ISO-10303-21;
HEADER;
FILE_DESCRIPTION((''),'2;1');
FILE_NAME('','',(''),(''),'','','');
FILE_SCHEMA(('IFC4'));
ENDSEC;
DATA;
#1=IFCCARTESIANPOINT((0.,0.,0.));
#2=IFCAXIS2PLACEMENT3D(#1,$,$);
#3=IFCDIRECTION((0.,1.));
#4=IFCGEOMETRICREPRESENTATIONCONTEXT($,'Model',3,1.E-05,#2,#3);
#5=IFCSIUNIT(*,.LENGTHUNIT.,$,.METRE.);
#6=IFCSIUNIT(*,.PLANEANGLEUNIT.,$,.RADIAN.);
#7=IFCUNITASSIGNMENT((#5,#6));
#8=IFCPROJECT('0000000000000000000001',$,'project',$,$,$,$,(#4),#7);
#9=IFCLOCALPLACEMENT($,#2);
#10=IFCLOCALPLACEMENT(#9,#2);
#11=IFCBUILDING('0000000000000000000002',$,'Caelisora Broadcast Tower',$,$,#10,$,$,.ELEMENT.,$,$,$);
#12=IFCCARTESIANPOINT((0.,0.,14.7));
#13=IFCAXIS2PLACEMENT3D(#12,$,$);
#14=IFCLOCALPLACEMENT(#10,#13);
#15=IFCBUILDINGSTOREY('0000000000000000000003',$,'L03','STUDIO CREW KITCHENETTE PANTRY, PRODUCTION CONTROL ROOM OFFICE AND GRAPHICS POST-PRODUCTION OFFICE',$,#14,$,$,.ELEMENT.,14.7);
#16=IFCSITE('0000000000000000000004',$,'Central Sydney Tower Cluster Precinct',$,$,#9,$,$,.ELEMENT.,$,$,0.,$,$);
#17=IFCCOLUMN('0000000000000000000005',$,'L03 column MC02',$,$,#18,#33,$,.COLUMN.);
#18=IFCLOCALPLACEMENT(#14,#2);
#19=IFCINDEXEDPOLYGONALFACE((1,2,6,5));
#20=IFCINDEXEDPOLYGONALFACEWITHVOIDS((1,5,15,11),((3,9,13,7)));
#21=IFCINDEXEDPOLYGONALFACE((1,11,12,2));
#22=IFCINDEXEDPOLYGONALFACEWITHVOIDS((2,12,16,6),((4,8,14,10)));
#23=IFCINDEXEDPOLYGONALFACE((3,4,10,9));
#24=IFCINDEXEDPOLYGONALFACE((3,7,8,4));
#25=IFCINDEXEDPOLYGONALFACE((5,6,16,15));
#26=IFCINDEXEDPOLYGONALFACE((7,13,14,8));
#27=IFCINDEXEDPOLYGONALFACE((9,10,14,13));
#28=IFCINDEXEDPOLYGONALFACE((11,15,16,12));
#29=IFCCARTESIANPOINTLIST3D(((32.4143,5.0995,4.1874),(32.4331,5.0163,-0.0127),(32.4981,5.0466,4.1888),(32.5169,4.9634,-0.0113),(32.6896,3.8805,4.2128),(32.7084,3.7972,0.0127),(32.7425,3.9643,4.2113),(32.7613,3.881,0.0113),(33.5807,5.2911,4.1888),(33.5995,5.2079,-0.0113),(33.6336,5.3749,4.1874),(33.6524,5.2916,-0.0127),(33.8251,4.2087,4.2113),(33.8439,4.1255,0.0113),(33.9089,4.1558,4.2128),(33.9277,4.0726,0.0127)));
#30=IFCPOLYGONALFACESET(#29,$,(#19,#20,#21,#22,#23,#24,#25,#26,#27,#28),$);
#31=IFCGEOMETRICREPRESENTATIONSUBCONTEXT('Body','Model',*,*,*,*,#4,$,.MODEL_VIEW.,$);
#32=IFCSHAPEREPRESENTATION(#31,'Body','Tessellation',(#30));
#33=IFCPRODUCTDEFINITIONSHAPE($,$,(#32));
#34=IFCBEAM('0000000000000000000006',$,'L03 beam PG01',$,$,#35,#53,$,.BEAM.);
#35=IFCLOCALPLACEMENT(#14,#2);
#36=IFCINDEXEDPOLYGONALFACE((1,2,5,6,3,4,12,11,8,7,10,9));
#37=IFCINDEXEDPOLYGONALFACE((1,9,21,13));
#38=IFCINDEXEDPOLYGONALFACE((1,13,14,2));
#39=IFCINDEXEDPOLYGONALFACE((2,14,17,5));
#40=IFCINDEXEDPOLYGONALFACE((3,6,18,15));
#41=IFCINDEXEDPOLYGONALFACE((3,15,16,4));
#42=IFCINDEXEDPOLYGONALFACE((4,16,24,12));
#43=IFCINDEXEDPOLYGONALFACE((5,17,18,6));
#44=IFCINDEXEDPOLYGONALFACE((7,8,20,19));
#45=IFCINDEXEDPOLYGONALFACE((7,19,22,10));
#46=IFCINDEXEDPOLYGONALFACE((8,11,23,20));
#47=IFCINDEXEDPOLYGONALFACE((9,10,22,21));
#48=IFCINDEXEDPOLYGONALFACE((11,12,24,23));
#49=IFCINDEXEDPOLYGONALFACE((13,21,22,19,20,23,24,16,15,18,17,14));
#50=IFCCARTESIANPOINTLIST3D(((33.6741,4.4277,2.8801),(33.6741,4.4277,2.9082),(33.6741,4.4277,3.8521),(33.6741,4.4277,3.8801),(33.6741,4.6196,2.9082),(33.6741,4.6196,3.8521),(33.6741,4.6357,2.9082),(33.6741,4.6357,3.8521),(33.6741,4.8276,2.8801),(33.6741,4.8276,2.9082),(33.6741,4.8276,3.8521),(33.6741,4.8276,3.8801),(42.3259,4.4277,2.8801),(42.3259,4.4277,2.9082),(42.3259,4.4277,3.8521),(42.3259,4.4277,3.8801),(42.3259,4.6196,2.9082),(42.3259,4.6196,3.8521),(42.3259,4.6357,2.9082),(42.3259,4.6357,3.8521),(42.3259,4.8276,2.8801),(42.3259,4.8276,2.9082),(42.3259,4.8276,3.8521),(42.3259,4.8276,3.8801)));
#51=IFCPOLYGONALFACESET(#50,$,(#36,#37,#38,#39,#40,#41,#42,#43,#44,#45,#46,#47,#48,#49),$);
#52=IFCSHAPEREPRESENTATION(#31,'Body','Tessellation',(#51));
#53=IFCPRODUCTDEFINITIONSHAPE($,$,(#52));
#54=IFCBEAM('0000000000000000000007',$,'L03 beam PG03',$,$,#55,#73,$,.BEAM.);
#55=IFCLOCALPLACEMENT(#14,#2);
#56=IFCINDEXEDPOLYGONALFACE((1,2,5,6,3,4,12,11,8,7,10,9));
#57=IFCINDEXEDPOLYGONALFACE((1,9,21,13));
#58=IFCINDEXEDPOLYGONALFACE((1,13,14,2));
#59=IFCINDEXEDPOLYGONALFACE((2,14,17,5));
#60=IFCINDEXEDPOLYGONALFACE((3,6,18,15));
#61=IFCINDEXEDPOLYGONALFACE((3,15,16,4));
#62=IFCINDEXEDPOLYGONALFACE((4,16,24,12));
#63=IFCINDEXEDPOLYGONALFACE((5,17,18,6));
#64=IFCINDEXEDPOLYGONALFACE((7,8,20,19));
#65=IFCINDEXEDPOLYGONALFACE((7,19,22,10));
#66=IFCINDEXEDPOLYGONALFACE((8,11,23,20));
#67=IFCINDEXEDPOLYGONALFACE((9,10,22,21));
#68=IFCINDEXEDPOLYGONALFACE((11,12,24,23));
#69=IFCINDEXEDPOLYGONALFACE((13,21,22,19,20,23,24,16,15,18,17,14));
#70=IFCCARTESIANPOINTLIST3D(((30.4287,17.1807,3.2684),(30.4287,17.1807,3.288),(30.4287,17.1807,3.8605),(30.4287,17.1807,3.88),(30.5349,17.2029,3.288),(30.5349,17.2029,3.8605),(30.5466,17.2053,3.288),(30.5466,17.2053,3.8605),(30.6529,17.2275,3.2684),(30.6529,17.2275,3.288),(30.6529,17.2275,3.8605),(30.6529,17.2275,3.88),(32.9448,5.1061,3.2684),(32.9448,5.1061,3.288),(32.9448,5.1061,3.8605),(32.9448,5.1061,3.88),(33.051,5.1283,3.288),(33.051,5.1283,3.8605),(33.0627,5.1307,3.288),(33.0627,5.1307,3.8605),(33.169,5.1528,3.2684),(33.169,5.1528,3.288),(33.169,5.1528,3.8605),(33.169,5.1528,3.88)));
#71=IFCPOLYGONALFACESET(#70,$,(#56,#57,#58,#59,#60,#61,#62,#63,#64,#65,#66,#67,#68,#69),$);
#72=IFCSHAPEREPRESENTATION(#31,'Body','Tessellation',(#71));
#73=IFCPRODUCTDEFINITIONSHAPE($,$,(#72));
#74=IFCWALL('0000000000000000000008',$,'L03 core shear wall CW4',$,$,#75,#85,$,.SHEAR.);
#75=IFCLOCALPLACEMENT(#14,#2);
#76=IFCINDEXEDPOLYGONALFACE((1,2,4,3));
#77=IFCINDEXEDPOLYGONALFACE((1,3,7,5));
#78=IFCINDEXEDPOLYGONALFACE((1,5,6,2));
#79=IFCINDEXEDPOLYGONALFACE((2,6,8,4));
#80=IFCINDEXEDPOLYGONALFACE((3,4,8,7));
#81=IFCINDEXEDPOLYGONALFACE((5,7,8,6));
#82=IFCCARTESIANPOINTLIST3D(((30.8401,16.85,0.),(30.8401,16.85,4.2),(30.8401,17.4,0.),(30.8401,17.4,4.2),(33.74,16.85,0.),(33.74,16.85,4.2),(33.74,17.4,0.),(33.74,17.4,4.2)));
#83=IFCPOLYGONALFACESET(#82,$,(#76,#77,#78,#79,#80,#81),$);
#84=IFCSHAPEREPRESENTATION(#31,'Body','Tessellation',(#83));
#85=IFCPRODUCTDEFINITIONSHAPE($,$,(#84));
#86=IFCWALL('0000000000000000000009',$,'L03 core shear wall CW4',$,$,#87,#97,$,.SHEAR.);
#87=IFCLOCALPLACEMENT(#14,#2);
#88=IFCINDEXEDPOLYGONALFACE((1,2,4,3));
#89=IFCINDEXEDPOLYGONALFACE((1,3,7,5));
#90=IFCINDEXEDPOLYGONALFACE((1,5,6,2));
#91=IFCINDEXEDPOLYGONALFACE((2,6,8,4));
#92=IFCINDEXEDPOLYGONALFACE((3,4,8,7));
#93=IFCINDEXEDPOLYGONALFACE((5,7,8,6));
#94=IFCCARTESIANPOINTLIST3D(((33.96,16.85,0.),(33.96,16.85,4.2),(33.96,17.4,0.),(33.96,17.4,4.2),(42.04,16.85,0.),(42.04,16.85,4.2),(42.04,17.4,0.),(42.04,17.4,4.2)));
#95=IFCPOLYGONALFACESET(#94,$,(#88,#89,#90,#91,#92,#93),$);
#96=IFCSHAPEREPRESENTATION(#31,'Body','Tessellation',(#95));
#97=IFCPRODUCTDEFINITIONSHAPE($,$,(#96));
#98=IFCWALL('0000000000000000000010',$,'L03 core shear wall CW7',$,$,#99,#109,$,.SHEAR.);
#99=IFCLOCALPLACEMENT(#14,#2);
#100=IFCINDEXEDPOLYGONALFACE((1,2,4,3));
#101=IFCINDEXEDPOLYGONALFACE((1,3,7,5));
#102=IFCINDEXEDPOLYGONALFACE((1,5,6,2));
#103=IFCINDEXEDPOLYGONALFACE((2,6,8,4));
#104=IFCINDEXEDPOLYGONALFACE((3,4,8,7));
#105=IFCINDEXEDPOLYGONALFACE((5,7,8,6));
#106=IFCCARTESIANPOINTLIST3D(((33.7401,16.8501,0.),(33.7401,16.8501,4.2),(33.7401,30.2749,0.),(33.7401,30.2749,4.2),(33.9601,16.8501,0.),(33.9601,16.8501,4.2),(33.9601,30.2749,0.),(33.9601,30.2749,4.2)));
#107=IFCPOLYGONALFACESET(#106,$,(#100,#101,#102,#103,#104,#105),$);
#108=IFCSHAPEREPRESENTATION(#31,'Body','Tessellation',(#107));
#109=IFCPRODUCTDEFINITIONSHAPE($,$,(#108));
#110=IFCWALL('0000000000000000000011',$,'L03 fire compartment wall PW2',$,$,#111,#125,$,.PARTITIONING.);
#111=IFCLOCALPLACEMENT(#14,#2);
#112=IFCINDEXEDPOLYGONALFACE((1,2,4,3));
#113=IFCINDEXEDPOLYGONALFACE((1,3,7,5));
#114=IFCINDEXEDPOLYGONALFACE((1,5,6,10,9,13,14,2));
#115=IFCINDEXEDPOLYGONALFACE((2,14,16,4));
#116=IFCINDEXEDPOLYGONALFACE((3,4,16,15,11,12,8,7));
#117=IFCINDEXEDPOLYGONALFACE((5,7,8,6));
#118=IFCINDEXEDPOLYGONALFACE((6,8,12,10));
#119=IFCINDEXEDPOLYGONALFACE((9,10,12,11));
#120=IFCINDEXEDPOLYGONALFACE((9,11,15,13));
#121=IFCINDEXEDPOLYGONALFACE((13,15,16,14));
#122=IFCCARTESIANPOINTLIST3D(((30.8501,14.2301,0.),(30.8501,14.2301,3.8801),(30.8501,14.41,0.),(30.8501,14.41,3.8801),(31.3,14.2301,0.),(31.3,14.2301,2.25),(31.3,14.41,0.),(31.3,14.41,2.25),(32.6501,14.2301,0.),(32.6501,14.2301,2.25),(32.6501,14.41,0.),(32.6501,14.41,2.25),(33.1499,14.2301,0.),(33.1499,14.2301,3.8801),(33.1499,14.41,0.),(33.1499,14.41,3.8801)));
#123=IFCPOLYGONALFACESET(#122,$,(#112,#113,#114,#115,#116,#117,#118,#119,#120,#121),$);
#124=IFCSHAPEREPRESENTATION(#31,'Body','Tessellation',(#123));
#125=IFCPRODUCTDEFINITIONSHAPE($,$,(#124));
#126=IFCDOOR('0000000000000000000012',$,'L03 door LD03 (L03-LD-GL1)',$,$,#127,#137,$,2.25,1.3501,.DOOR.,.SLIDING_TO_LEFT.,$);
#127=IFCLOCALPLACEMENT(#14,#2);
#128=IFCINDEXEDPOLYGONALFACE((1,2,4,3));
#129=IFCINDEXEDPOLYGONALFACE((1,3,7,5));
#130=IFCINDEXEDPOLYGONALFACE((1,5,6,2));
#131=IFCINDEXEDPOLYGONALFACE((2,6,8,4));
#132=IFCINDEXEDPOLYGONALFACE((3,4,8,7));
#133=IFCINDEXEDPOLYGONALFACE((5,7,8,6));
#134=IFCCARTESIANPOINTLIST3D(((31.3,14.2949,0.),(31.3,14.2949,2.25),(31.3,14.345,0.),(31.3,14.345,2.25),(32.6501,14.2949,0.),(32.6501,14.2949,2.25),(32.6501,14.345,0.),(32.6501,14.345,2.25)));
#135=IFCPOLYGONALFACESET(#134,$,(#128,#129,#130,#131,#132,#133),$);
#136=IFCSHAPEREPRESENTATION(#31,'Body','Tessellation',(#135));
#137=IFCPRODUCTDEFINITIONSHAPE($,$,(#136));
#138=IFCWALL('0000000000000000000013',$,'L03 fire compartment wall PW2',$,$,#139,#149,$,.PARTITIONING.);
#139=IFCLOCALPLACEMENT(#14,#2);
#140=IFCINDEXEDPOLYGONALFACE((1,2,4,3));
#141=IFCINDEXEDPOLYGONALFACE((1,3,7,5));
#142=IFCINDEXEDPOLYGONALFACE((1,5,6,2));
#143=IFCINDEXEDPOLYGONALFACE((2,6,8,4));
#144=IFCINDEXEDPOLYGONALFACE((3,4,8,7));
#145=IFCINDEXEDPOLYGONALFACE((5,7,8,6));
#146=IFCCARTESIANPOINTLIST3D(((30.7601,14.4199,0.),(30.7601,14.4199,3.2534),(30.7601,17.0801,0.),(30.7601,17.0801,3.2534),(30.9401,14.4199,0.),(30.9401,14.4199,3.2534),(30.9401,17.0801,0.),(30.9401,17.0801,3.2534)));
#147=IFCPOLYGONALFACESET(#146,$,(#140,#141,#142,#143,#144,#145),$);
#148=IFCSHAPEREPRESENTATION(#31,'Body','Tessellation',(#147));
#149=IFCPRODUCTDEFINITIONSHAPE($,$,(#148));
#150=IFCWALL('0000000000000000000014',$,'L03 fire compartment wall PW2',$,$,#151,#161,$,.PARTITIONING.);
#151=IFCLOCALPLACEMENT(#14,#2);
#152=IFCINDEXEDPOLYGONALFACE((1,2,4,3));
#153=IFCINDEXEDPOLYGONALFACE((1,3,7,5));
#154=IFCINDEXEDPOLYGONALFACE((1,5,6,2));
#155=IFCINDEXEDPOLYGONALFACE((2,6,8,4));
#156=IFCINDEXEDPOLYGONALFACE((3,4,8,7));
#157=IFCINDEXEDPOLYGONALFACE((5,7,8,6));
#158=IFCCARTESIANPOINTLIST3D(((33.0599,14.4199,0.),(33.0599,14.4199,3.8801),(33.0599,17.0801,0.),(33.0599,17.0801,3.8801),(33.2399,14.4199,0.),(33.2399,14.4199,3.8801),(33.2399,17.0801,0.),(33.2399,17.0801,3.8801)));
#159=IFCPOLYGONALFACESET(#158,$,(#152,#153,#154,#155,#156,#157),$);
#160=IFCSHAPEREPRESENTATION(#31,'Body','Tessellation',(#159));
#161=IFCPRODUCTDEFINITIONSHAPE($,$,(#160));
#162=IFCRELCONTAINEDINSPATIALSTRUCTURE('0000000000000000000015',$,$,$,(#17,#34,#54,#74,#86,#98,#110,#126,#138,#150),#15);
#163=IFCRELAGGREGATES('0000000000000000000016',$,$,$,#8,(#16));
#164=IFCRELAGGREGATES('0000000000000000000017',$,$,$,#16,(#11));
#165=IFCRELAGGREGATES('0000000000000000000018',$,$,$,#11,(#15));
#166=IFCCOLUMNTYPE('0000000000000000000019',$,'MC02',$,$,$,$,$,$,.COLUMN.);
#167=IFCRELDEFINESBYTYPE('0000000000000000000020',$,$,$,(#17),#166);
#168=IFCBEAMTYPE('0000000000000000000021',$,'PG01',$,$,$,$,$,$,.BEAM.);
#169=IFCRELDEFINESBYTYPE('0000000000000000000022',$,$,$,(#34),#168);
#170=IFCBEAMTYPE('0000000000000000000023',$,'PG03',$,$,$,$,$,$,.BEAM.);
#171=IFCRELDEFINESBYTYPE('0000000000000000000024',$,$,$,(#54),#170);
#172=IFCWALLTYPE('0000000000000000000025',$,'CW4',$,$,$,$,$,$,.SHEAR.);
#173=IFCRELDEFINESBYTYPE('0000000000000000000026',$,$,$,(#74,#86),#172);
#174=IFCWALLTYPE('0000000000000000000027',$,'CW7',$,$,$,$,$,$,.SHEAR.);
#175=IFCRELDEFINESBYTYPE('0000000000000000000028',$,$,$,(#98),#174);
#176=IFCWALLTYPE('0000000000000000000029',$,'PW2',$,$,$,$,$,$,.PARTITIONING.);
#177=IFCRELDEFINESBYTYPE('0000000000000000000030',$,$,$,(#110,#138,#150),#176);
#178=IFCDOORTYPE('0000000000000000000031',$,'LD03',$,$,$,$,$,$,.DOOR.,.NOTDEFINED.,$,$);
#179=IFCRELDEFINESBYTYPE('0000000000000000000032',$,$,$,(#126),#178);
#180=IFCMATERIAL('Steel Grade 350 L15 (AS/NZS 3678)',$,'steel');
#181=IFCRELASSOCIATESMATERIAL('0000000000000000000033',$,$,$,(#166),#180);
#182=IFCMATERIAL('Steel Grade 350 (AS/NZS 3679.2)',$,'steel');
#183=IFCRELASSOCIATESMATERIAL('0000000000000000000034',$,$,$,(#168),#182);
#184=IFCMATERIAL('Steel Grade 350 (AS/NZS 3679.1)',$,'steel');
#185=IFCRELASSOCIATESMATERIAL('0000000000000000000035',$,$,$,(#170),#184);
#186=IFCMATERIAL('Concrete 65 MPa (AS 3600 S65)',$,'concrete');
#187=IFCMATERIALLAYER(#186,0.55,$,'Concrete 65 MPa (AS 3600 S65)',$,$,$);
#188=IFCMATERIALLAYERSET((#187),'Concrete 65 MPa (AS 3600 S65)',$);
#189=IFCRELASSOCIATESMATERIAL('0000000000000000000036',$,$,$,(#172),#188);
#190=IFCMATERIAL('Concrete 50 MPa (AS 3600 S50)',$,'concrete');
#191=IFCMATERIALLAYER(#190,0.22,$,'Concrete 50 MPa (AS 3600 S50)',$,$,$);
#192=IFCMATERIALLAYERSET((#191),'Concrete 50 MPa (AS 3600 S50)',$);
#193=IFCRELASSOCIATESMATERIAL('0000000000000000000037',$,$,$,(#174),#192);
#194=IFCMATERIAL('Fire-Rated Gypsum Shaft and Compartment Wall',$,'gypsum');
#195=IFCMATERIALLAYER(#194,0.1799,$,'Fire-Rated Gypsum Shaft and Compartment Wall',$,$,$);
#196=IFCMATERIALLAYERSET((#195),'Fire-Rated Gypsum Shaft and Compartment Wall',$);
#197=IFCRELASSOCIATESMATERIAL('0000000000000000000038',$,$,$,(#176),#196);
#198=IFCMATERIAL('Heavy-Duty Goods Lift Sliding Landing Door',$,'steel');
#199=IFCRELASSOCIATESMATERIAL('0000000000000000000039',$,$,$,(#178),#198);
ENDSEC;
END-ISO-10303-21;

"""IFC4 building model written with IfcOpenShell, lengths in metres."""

from ifc_helpers import new_model, si_unit, direction, frame, frame_2d, origin, origin_2d, place, context, subcontext, project, spatial, rectangle, hollow_rectangle, i_section, extrude, source, transform, mapped, material, layer, layer_set, material_profile, profile_set, type_object, type_shapes, element, fill, save


model = new_model("IFC4")

# Units and contexts
model_context = context("Model", 3, precision=1e-05, world=origin(), true_north=direction((0.0, 1.0)))
body_context = subcontext(model_context, "Body", "Model", "MODEL_VIEW")
ifc_project = project(units=[si_unit("LENGTHUNIT", "METRE"), si_unit("PLANEANGLEUNIT", "RADIAN")], contexts=[model_context])

# Site, building, storey
site_placement = place(None, origin())
site = spatial("IfcSite", under=ifc_project, at=site_placement, Name="Central Sydney Tower Cluster Precinct", CompositionType="ELEMENT", RefElevation=0.0)
building_placement = place(site_placement, origin())
building = spatial("IfcBuilding", under=site, at=building_placement, Name="Caelisora Broadcast Tower", CompositionType="ELEMENT")
storey_placement = place(building_placement, frame((0.0, 0.0, 14.7)))
storey = spatial("IfcBuildingStorey", under=building, at=storey_placement, Name="L03", Description="STUDIO CREW KITCHENETTE PANTRY, PRODUCTION CONTROL ROOM OFFICE AND GRAPHICS POST-PRODUCTION OFFICE", CompositionType="ELEMENT", Elevation=14.7)

# Column
ifc_material_1 = material(Name="Steel Grade 350 L15 (AS/NZS 3678)", Category="steel")
ifc_material_profile_1 = material_profile(ifc_material_1, hollow_rectangle(XDim=1.25, YDim=1.25, WallThickness=0.0701, at=origin_2d()), Name="Steel Grade 350 L15 (AS/NZS 3678)")
ifc_profile_set_1 = profile_set([ifc_material_profile_1], Name="Steel Grade 350 L15 (AS/NZS 3678)")
column_type = type_object("IfcColumnType", Name="MC02", PredefinedType="COLUMN", material=ifc_profile_set_1)
shared_shape_1 = source(origin(), body_context, "Body", "SweptSolid", [
    extrude(hollow_rectangle(XDim=1.25, YDim=1.25, WallThickness=0.0701, at=origin_2d()), origin(), (0.0, 0.0, 1.0), 4.2009),
])
type_shapes(column_type, [shared_shape_1])
column_placement = place(storey_placement, frame((33.1804, 4.5444, 0.0), z_axis=(-0.004475, 0.019818, 0.999794), x_axis=(-0.975441, -0.220261, 0.0)))
element("IfcColumn", 1, at=column_placement, inside=storey, type_object=column_type, Name="L03 column MC02", PredefinedType="COLUMN", context=body_context, shape_type="MappedRepresentation", body=[
    mapped(shared_shape_1, transform((0.0, 0.0, 0.0), scale=1.0)),
])

# Beams
ifc_material_2 = material(Name="Steel Grade 350 (AS/NZS 3679.2)", Category="steel")
ifc_material_profile_2 = material_profile(ifc_material_2, i_section(OverallWidth=0.3999, OverallDepth=1.0, WebThickness=0.0161, FlangeThickness=0.0281, at=origin_2d()), Name="Steel Grade 350 (AS/NZS 3679.2)")
ifc_profile_set_2 = profile_set([ifc_material_profile_2], Name="Steel Grade 350 (AS/NZS 3679.2)")
beam_type_1 = type_object("IfcBeamType", Name="PG01", PredefinedType="BEAM", material=ifc_profile_set_2)
shared_shape_2 = source(origin(), body_context, "Body", "SweptSolid", [
    extrude(i_section(OverallWidth=0.3999, OverallDepth=1.0, WebThickness=0.0161, FlangeThickness=0.0281, at=origin_2d()), origin(), (0.0, 0.0, 1.0), 8.6519),
])
type_shapes(beam_type_1, [shared_shape_2])
beam_1_placement = place(storey_placement, frame((33.6741, 4.6277, 3.3801), z_axis=(1.0, 0.0, 0.0), x_axis=(0.0, 1.0, 0.0)))
element("IfcBeam", 2, at=beam_1_placement, inside=storey, type_object=beam_type_1, Name="L03 beam PG01", PredefinedType="BEAM", context=body_context, shape_type="MappedRepresentation", body=[
    mapped(shared_shape_2, transform((0.0, 0.0, 0.0), scale=1.0)),
])
ifc_material_3 = material(Name="Steel Grade 350 (AS/NZS 3679.1)", Category="steel")
ifc_material_profile_3 = material_profile(ifc_material_3, i_section(OverallWidth=0.229, OverallDepth=0.6116, WebThickness=0.012, FlangeThickness=0.0195, at=origin_2d()), Name="Steel Grade 350 (AS/NZS 3679.1)")
ifc_profile_set_3 = profile_set([ifc_material_profile_3], Name="Steel Grade 350 (AS/NZS 3679.1)")
beam_type_2 = type_object("IfcBeamType", Name="PG03", PredefinedType="BEAM", material=ifc_profile_set_3)
shared_shape_3 = source(origin(), body_context, "Body", "SweptSolid", [
    extrude(i_section(OverallWidth=0.229, OverallDepth=0.6116, WebThickness=0.012, FlangeThickness=0.0195, at=origin_2d()), origin(), (0.0, 0.0, 1.0), 12.334),
])
type_shapes(beam_type_2, [shared_shape_3])
beam_2_placement = place(storey_placement, frame((30.5408, 17.2041, 3.5742), z_axis=(0.203997, -0.978972, 0.0), x_axis=(0.978972, 0.203997, 0.0)))
element("IfcBeam", 3, at=beam_2_placement, inside=storey, type_object=beam_type_2, Name="L03 beam PG03", PredefinedType="BEAM", context=body_context, shape_type="MappedRepresentation", body=[
    mapped(shared_shape_3, transform((0.0, 0.0, 0.0), scale=1.0)),
])

# Shared definitions
ifc_material_4 = material(Name="Concrete 65 MPa (AS 3600 S65)", Category="concrete")

# Walls
ifc_layer_1 = layer(ifc_material_4, 0.55, Name="Concrete 65 MPa (AS 3600 S65)")
ifc_layer_set_1 = layer_set([ifc_layer_1], Name="Concrete 65 MPa (AS 3600 S65)")
wall_type_1 = type_object("IfcWallType", Name="CW4", PredefinedType="SHEAR", material=ifc_layer_set_1)
wall_1_placement = place(storey_placement, frame((30.8401, 17.125, 0.0), z_axis=(0.0, 0.0, 1.0), x_axis=(1.0, 0.0, 0.0)))
element("IfcWall", 4, at=wall_1_placement, inside=storey, type_object=wall_type_1, Name="L03 core shear wall CW4", PredefinedType="SHEAR", context=body_context, shape_type="SweptSolid", body=[
    extrude(rectangle(XDim=2.8999, YDim=0.55, at=frame_2d((1.45, 0.0))), origin(), (0.0, 0.0, 1.0), 4.2),
])
wall_2_placement = place(storey_placement, frame((33.96, 17.125, 0.0), z_axis=(0.0, 0.0, 1.0), x_axis=(1.0, 0.0, 0.0)))
element("IfcWall", 5, at=wall_2_placement, inside=storey, type_object=wall_type_1, Name="L03 core shear wall CW4", PredefinedType="SHEAR", context=body_context, shape_type="SweptSolid", body=[
    extrude(rectangle(XDim=8.0801, YDim=0.55, at=frame_2d((4.04, 0.0))), origin(), (0.0, 0.0, 1.0), 4.2),
])
ifc_material_5 = material(Name="Concrete 50 MPa (AS 3600 S50)", Category="concrete")
ifc_layer_2 = layer(ifc_material_5, 0.22, Name="Concrete 50 MPa (AS 3600 S50)")
ifc_layer_set_2 = layer_set([ifc_layer_2], Name="Concrete 50 MPa (AS 3600 S50)")
wall_type_2 = type_object("IfcWallType", Name="CW7", PredefinedType="SHEAR", material=ifc_layer_set_2)
wall_3_placement = place(storey_placement, frame((33.8501, 16.8501, 0.0), z_axis=(0.0, 0.0, 1.0), x_axis=(0.0, 1.0, 0.0)))
element("IfcWall", 6, at=wall_3_placement, inside=storey, type_object=wall_type_2, Name="L03 core shear wall CW7", PredefinedType="SHEAR", context=body_context, shape_type="SweptSolid", body=[
    extrude(rectangle(XDim=13.4248, YDim=0.22, at=frame_2d((6.7124, 0.0))), origin(), (0.0, 0.0, 1.0), 4.2),
])

# Wall, opening, door
ifc_material_6 = material(Name="Fire-Rated Gypsum Shaft and Compartment Wall", Category="gypsum")
ifc_layer_3 = layer(ifc_material_6, 0.1799, Name="Fire-Rated Gypsum Shaft and Compartment Wall")
ifc_layer_set_3 = layer_set([ifc_layer_3], Name="Fire-Rated Gypsum Shaft and Compartment Wall")
wall_type_3 = type_object("IfcWallType", Name="PW2", PredefinedType="PARTITIONING", material=ifc_layer_set_3)
wall_4_placement = place(storey_placement, frame((30.8501, 14.3201, 0.0), z_axis=(0.0, 0.0, 1.0), x_axis=(1.0, 0.0, 0.0)))
wall_4 = element("IfcWall", 7, at=wall_4_placement, inside=storey, type_object=wall_type_3, Name="L03 fire compartment wall PW2", PredefinedType="PARTITIONING", context=body_context, shape_type="SweptSolid", body=[
    extrude(rectangle(XDim=2.2998, YDim=0.1799, at=frame_2d((1.1499, 0.0))), origin(), (0.0, 0.0, 1.0), 3.8801),
])
opening_1_placement = place(wall_4_placement, frame((0.45, 0.0, 0.0)))
opening_1 = element("IfcOpeningElement", 8, at=opening_1_placement, cuts=wall_4, PredefinedType="OPENING", context=body_context, shape_type="SweptSolid", body=[
    extrude(rectangle(XDim=1.3501, YDim=2.25, at=frame_2d((0.675, 1.125))), frame((0.0, 0.1021, 0.0), z_axis=(0.0, -1.0, 0.0), x_axis=(1.0, 0.0, 0.0)), (0.0, 0.0, 1.0), 0.2039),
])
ifc_material_7 = material(Name="Heavy-Duty Goods Lift Sliding Landing Door", Category="steel")
door_type_1 = type_object("IfcDoorType", Name="LD03", OperationType="NOTDEFINED", PredefinedType="DOOR", material=ifc_material_7)
door_1_placement = place(opening_1_placement, origin())
door_1 = element("IfcDoor", 9, at=door_1_placement, inside=storey, type_object=door_type_1, Name="L03 door LD03 (L03-LD-GL1)", OperationType="SLIDING_TO_LEFT", OverallHeight=2.25, OverallWidth=1.3501, PredefinedType="DOOR", context=body_context, shape_type="SweptSolid", body=[
    extrude(rectangle(XDim=1.3501, YDim=2.25, at=frame_2d((0.675, 1.125))), frame((0.0, 0.0249, 0.0), z_axis=(0.0, -1.0, 0.0), x_axis=(1.0, 0.0, 0.0)), (0.0, 0.0, 1.0), 0.05),
])
fill(opening_1, door_1)

# Walls
wall_5_placement = place(storey_placement, frame((30.8501, 14.4199, 0.0), z_axis=(0.0, 0.0, 1.0), x_axis=(0.0, 1.0, 0.0)))
element("IfcWall", 10, at=wall_5_placement, inside=storey, type_object=wall_type_3, Name="L03 fire compartment wall PW2", PredefinedType="PARTITIONING", context=body_context, shape_type="SweptSolid", body=[
    extrude(rectangle(XDim=2.6602, YDim=0.1799, at=frame_2d((1.3301, 0.0))), origin(), (0.0, 0.0, 1.0), 3.2534),
])
wall_6_placement = place(storey_placement, frame((33.1499, 14.4199, 0.0), z_axis=(0.0, 0.0, 1.0), x_axis=(0.0, 1.0, 0.0)))
element("IfcWall", 11, at=wall_6_placement, inside=storey, type_object=wall_type_3, Name="L03 fire compartment wall PW2", PredefinedType="PARTITIONING", context=body_context, shape_type="SweptSolid", body=[
    extrude(rectangle(XDim=2.6602, YDim=0.1799, at=frame_2d((1.3301, 0.0))), origin(), (0.0, 0.0, 1.0), 3.8801),
])

save(model, "model.ifc")
